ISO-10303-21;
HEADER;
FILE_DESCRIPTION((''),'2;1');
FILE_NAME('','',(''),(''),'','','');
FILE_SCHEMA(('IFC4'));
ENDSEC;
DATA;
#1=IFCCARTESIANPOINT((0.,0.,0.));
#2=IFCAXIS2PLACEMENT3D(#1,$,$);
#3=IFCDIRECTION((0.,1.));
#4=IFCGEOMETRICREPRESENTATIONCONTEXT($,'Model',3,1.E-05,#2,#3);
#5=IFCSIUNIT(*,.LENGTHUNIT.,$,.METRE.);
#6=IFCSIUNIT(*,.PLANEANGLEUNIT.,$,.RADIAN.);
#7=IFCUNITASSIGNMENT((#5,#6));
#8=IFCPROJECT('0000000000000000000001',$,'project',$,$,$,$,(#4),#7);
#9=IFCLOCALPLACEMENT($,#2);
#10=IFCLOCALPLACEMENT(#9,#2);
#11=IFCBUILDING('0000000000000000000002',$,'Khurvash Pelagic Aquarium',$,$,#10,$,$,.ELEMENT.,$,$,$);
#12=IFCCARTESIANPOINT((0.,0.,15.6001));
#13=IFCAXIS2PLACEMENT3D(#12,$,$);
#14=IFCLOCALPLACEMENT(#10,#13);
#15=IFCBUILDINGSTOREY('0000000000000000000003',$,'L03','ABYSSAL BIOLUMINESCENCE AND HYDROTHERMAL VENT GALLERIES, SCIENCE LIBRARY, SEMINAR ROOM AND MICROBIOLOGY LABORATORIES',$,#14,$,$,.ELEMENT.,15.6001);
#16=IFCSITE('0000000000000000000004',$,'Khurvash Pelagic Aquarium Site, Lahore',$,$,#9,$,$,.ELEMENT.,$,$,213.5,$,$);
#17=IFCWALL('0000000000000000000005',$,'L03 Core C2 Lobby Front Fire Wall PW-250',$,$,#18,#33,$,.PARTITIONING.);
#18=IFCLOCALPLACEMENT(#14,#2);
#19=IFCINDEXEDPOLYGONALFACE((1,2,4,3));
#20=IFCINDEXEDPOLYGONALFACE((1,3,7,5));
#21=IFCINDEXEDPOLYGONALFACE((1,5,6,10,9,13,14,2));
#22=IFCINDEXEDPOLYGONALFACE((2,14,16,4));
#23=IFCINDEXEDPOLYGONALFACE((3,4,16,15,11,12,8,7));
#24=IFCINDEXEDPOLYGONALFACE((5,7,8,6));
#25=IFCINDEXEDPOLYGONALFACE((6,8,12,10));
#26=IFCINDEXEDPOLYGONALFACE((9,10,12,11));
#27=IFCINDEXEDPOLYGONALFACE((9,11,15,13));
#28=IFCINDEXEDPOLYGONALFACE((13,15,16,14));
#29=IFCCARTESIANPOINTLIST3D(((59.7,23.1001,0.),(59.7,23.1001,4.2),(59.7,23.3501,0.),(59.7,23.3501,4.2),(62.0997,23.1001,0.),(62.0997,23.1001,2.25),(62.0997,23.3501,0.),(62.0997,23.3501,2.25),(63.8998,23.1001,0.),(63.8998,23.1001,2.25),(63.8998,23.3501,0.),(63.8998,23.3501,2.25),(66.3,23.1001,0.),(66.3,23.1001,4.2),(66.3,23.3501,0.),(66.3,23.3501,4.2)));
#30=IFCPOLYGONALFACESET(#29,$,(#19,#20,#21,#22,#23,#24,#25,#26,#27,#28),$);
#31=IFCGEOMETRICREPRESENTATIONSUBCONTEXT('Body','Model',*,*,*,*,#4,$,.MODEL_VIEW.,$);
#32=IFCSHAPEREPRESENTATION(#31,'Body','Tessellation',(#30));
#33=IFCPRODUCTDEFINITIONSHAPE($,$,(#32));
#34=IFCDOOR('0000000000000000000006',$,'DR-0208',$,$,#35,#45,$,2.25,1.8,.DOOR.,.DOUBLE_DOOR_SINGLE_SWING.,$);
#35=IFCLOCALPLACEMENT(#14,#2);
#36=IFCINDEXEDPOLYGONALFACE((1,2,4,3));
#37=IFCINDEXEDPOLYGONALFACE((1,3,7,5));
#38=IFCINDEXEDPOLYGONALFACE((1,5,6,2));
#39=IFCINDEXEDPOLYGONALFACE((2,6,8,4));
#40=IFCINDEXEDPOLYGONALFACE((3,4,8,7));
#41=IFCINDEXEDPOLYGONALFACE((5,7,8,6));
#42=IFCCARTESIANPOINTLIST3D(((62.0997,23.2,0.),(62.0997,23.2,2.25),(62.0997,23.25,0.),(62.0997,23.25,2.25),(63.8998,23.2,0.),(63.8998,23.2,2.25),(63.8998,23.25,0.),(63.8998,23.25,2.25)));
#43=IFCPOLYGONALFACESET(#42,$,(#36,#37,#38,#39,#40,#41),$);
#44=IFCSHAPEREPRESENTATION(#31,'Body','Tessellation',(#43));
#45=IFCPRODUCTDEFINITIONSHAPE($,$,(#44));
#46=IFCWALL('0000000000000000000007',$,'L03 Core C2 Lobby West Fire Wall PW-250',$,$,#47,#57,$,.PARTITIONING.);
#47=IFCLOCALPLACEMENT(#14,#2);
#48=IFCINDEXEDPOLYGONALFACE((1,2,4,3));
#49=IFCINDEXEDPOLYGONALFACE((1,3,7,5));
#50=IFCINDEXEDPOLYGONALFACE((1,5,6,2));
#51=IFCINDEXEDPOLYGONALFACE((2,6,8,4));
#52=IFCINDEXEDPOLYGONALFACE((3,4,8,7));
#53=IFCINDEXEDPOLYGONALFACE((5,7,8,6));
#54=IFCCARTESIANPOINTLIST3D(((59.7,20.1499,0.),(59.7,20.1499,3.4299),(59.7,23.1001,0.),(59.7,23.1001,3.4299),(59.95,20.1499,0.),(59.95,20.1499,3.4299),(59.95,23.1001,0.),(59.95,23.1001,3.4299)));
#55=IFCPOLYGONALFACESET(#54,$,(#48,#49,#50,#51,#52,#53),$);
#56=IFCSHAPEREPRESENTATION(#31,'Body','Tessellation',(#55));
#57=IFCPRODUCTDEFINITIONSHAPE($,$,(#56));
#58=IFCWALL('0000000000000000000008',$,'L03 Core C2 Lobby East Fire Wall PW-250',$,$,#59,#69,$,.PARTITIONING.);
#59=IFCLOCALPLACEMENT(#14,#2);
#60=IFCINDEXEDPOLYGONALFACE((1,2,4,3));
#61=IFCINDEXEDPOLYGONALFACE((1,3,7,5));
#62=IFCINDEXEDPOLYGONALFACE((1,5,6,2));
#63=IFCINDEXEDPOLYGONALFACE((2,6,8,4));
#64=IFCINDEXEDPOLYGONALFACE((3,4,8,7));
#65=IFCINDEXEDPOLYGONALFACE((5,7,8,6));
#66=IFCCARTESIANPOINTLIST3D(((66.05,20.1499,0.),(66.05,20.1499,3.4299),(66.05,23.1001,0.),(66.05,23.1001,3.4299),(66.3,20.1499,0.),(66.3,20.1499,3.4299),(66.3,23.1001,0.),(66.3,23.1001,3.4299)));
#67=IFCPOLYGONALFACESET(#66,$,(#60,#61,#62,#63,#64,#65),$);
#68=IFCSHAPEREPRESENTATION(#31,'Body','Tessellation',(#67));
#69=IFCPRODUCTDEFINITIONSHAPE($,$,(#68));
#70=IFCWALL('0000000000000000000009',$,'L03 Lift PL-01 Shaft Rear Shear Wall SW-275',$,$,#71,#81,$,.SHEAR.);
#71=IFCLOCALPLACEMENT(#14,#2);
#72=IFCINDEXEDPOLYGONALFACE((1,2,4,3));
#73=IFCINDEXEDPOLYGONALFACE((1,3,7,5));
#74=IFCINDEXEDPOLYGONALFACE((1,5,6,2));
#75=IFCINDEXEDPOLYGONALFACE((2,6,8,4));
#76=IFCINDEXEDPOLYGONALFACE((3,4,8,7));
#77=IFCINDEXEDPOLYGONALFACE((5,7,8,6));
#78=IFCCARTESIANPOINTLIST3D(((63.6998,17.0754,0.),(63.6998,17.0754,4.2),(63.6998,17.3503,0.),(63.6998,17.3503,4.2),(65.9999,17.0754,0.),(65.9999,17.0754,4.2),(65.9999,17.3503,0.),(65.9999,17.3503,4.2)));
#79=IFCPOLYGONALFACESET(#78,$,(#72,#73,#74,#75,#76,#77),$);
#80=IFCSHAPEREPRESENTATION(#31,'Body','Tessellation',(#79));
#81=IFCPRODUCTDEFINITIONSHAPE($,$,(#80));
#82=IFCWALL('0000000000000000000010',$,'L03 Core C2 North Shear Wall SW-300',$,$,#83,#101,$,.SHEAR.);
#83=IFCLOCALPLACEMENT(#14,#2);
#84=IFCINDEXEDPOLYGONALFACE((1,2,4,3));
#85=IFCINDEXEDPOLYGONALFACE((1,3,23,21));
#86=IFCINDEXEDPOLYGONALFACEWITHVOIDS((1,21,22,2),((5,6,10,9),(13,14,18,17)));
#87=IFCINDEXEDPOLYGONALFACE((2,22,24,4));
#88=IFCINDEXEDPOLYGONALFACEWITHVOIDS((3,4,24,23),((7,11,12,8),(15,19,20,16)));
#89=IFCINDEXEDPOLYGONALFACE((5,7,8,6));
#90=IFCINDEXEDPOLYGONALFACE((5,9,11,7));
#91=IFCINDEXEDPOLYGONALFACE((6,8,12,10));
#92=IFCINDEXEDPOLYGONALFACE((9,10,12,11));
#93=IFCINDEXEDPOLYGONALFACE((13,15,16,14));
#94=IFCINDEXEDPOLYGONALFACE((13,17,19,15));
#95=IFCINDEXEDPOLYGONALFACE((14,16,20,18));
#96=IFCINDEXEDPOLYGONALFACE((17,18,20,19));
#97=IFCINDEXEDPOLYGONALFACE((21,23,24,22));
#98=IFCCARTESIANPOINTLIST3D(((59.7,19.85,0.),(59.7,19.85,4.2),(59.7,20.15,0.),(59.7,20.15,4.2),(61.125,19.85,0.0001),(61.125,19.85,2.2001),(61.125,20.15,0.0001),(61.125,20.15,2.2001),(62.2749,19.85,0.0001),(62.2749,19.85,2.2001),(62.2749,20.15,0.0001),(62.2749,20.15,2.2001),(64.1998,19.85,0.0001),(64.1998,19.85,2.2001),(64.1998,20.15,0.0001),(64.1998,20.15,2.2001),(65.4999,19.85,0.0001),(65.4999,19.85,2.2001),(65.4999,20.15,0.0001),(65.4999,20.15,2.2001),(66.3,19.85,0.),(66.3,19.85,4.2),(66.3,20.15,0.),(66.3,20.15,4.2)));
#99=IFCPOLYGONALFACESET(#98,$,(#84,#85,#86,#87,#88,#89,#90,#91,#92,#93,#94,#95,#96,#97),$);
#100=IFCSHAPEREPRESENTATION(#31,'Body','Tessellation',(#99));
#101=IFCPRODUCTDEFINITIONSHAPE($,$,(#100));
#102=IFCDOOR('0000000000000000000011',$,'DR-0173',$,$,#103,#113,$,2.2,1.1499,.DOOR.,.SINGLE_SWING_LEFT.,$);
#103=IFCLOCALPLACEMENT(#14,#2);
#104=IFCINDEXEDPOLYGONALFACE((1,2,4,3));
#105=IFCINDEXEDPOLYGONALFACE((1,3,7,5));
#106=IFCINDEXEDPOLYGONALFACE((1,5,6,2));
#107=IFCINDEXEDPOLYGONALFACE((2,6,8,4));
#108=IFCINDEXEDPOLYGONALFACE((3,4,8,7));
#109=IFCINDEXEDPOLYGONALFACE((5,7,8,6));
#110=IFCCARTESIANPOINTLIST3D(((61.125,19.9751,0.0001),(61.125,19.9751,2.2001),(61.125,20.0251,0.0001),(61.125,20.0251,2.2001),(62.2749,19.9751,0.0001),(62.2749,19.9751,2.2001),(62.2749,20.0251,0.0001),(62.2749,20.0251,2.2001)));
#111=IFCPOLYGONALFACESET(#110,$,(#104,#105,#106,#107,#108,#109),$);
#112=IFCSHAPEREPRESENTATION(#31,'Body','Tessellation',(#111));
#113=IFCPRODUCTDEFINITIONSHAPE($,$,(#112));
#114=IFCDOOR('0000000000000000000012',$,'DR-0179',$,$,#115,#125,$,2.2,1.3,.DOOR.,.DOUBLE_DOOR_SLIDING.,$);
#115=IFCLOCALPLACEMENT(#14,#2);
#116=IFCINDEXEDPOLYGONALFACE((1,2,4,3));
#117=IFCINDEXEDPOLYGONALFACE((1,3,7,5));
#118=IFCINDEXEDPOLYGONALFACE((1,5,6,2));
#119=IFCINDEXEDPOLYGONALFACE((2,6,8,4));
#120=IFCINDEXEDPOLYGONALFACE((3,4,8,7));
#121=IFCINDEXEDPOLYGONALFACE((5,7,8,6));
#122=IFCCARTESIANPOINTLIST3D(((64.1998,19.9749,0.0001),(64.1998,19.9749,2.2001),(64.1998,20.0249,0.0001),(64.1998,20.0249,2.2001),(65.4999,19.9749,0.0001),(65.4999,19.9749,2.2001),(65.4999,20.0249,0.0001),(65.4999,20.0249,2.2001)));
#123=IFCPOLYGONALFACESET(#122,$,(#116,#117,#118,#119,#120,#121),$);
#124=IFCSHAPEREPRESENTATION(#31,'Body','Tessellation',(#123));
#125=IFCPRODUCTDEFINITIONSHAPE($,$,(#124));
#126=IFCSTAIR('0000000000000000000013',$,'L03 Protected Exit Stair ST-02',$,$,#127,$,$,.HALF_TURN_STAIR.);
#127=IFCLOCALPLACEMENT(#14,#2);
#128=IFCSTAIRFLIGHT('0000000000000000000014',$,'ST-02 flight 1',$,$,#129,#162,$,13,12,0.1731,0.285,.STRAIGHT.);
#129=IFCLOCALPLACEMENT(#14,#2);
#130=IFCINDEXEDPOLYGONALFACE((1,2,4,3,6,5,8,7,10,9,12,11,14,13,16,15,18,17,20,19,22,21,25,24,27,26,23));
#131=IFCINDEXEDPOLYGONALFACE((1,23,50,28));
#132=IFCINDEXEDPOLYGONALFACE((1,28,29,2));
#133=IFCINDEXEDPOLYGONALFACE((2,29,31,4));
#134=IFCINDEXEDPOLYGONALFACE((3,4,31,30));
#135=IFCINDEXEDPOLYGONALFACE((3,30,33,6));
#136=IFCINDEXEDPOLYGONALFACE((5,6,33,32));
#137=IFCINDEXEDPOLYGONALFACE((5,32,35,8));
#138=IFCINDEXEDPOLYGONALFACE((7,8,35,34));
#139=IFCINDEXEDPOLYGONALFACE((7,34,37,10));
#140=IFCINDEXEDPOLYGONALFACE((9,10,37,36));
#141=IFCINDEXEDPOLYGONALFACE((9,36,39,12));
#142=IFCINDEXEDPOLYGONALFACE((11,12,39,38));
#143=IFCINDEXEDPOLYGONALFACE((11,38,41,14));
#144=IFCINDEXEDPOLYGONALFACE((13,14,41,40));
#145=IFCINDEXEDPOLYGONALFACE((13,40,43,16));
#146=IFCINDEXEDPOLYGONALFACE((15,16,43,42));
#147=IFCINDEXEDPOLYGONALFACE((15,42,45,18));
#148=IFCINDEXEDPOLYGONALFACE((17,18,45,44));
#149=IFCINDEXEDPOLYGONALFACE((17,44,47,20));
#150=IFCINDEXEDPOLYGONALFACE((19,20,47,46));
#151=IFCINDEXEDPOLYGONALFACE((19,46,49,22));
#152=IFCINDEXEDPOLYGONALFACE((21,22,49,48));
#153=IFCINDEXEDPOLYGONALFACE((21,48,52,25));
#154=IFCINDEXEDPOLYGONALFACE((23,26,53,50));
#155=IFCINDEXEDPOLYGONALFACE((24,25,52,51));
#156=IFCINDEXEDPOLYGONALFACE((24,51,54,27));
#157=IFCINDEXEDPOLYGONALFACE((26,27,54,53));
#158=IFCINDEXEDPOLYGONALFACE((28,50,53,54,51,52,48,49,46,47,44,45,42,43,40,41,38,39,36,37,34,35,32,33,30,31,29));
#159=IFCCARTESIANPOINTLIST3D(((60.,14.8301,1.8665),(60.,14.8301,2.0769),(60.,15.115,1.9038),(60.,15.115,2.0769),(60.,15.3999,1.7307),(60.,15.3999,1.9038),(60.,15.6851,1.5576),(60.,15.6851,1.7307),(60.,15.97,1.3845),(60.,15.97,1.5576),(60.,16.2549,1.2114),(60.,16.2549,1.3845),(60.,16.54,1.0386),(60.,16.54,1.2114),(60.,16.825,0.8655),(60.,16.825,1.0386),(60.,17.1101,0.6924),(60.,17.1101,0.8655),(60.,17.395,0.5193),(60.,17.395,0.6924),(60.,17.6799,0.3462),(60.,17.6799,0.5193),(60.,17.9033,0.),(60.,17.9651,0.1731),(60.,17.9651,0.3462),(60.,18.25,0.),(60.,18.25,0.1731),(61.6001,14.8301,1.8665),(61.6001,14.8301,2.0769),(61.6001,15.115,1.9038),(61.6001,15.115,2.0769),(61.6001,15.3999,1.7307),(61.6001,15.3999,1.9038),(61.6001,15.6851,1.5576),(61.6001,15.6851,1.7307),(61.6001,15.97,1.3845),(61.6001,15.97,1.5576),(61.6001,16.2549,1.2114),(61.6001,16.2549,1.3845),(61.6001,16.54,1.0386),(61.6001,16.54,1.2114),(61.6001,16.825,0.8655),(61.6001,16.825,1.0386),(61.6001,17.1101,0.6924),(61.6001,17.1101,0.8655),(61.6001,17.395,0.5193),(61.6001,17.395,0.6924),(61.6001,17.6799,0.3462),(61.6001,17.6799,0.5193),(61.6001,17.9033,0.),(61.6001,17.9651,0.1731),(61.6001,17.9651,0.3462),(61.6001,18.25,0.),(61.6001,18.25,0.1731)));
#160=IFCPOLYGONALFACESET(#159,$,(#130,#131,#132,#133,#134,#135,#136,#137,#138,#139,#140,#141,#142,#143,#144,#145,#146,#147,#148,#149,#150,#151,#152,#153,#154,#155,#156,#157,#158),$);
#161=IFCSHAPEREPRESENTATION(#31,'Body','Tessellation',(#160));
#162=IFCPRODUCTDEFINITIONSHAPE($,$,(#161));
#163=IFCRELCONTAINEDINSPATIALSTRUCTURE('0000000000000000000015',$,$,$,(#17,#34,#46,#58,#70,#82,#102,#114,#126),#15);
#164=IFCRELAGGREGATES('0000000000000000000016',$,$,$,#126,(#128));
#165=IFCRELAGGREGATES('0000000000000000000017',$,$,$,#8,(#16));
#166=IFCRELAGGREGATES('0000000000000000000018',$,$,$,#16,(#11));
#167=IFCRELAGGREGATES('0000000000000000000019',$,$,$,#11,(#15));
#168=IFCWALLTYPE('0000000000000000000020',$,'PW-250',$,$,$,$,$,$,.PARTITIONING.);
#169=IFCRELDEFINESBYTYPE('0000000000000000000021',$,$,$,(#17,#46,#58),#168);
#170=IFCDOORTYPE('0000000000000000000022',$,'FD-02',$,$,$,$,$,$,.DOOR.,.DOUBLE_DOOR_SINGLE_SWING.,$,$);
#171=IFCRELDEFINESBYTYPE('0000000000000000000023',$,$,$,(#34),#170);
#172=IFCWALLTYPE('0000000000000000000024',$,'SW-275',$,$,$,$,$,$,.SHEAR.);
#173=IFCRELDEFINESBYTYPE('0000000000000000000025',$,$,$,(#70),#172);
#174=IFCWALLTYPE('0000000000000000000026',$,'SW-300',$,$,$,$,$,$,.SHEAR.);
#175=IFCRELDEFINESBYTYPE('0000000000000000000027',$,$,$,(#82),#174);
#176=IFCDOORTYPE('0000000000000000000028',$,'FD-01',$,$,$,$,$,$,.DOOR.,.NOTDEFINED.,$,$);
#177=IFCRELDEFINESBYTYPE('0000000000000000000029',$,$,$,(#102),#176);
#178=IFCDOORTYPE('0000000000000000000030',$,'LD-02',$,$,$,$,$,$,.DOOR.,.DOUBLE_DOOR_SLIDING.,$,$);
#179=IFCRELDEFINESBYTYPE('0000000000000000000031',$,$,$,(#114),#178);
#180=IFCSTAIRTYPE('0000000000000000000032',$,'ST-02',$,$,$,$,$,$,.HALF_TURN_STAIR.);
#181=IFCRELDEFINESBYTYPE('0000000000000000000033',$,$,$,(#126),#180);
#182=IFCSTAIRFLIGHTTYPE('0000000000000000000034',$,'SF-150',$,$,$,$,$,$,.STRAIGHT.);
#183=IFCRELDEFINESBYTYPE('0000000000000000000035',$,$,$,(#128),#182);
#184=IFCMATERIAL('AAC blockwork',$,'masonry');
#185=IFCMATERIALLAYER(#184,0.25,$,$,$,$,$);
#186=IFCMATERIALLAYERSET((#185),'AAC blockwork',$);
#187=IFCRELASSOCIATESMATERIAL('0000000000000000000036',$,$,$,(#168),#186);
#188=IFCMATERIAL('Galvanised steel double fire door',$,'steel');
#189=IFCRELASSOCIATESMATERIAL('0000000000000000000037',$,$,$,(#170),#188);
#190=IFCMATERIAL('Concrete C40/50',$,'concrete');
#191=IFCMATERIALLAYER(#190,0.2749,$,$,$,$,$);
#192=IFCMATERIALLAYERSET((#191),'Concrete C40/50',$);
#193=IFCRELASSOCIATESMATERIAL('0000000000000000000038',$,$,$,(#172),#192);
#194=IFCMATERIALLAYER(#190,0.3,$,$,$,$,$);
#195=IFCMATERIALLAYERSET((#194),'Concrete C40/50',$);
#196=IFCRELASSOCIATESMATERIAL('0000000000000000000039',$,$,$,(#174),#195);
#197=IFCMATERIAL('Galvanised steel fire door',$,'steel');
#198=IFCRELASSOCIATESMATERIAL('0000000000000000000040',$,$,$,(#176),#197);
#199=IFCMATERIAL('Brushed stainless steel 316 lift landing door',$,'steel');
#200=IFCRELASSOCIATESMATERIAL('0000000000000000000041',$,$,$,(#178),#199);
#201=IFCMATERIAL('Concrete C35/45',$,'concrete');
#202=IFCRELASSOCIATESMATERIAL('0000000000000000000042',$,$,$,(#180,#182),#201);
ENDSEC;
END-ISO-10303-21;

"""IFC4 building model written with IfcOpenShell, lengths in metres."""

from ifc_helpers import new_model, si_unit, direction, frame, frame_2d, origin, place, context, subcontext, project, spatial, polyline, rectangle, outline, extrude, material, layer, layer_set, type_object, element, fill, aggregate, save


model = new_model("IFC4")

# Units and contexts
model_context = context("Model", 3, precision=1e-05, world=origin(), true_north=direction((0.0, 1.0)))
body_context = subcontext(model_context, "Body", "Model", "MODEL_VIEW")
ifc_project = project(units=[si_unit("LENGTHUNIT", "METRE"), si_unit("PLANEANGLEUNIT", "RADIAN")], contexts=[model_context])

# Site, building, storey
site_placement = place(None, origin())
site = spatial("IfcSite", under=ifc_project, at=site_placement, Name="Khurvash Pelagic Aquarium Site, Lahore", CompositionType="ELEMENT", RefElevation=213.5)
building_placement = place(site_placement, origin())
building = spatial("IfcBuilding", under=site, at=building_placement, Name="Khurvash Pelagic Aquarium", CompositionType="ELEMENT")
storey_placement = place(building_placement, frame((0.0, 0.0, 15.6001)))
storey = spatial("IfcBuildingStorey", under=building, at=storey_placement, Name="L03", Description="ABYSSAL BIOLUMINESCENCE AND HYDROTHERMAL VENT GALLERIES, SCIENCE LIBRARY, SEMINAR ROOM AND MICROBIOLOGY LABORATORIES", CompositionType="ELEMENT", Elevation=15.6001)

# Shared definitions
ifc_material_1 = material(Name="Concrete C40/50", Category="concrete")

# Shared definitions
ifc_material_2 = material(Name="Concrete C35/45", Category="concrete")

# Wall, opening, door
ifc_material_3 = material(Name="AAC blockwork", Category="masonry")
ifc_layer_1 = layer(ifc_material_3, 0.25)
ifc_layer_set_1 = layer_set([ifc_layer_1], Name="AAC blockwork")
wall_type_1 = type_object("IfcWallType", Name="PW-250", PredefinedType="PARTITIONING", material=ifc_layer_set_1)
wall_1_placement = place(storey_placement, frame((59.7, 23.2251, 0.0), z_axis=(0.0, 0.0, 1.0), x_axis=(1.0, 0.0, 0.0)))
wall_1 = element("IfcWall", 1, at=wall_1_placement, inside=storey, type_object=wall_type_1, Name="L03 Core C2 Lobby Front Fire Wall PW-250", PredefinedType="PARTITIONING", context=body_context, shape_type="SweptSolid", body=[
    extrude(rectangle(XDim=6.6001, YDim=0.25, at=frame_2d((3.3, 0.0))), origin(), (0.0, 0.0, 1.0), 4.2),
])
opening_1_placement = place(wall_1_placement, frame((2.3999, 0.0, 0.0)))
opening_1 = element("IfcOpeningElement", 2, at=opening_1_placement, cuts=wall_1, PredefinedType="OPENING", context=body_context, shape_type="SweptSolid", body=[
    extrude(rectangle(XDim=1.8, YDim=2.25, at=frame_2d((0.8999, 1.125))), frame((0.0, 0.135, 0.0), z_axis=(0.0, -1.0, 0.0), x_axis=(1.0, 0.0, 0.0)), (0.0, 0.0, 1.0), 0.27),
])
ifc_material_4 = material(Name="Galvanised steel double fire door", Category="steel")
door_type_1 = type_object("IfcDoorType", Name="FD-02", OperationType="DOUBLE_DOOR_SINGLE_SWING", PredefinedType="DOOR", material=ifc_material_4)
door_1_placement = place(opening_1_placement, origin())
door_1 = element("IfcDoor", 3, at=door_1_placement, inside=storey, type_object=door_type_1, Name="DR-0208", OperationType="DOUBLE_DOOR_SINGLE_SWING", OverallHeight=2.25, OverallWidth=1.8, PredefinedType="DOOR", context=body_context, shape_type="SweptSolid", body=[
    extrude(rectangle(XDim=1.8, YDim=2.25, at=frame_2d((0.8999, 1.125))), frame((0.0, 0.0249, 0.0), z_axis=(0.0, -1.0, 0.0), x_axis=(1.0, 0.0, 0.0)), (0.0, 0.0, 1.0), 0.05),
])
fill(opening_1, door_1)

# Walls
for number, where, z_axis, x_axis, name in (
    (4, (59.825, 20.1499, 0.0), (0.0, 0.0, 1.0), (0.0, 1.0, 0.0), "L03 Core C2 Lobby West Fire Wall PW-250"),
    (5, (66.175, 20.1499, 0.0), (0.0, 0.0, 1.0), (0.0, 1.0, 0.0), "L03 Core C2 Lobby East Fire Wall PW-250"),
):
    element("IfcWall", number, at=place(storey_placement, frame(where, z_axis=z_axis, x_axis=x_axis)), inside=storey, type_object=wall_type_1, Name=name, PredefinedType="PARTITIONING", context=body_context, shape_type="SweptSolid", body=[
        extrude(rectangle(XDim=2.9502, YDim=0.25, at=frame_2d((1.4751, 0.0))), origin(), (0.0, 0.0, 1.0), 3.4299),
    ])
ifc_layer_2 = layer(ifc_material_1, 0.2749)
ifc_layer_set_2 = layer_set([ifc_layer_2], Name="Concrete C40/50")
wall_type_2 = type_object("IfcWallType", Name="SW-275", PredefinedType="SHEAR", material=ifc_layer_set_2)
wall_2_placement = place(storey_placement, frame((63.7, 17.2129, 0.0), z_axis=(0.0, 0.0, 1.0), x_axis=(1.0, 0.0, 0.0)))
element("IfcWall", 6, at=wall_2_placement, inside=storey, type_object=wall_type_2, Name="L03 Lift PL-01 Shaft Rear Shear Wall SW-275", PredefinedType="SHEAR", context=body_context, shape_type="SweptSolid", body=[
    extrude(rectangle(XDim=2.3, YDim=0.2749, at=frame_2d((1.1499, 0.0))), origin(), (0.0, 0.0, 1.0), 4.2),
])

# Wall, openings, doors
ifc_layer_3 = layer(ifc_material_1, 0.3)
ifc_layer_set_3 = layer_set([ifc_layer_3], Name="Concrete C40/50")
wall_type_3 = type_object("IfcWallType", Name="SW-300", PredefinedType="SHEAR", material=ifc_layer_set_3)
wall_3_placement = place(storey_placement, frame((59.7, 20.0, 0.0), z_axis=(0.0, 0.0, 1.0), x_axis=(1.0, 0.0, 0.0)))
wall_3 = element("IfcWall", 7, at=wall_3_placement, inside=storey, type_object=wall_type_3, Name="L03 Core C2 North Shear Wall SW-300", PredefinedType="SHEAR", context=body_context, shape_type="SweptSolid", body=[
    extrude(rectangle(XDim=6.6001, YDim=0.3, at=frame_2d((3.3, 0.0))), origin(), (0.0, 0.0, 1.0), 4.2),
])
opening_2_placement = place(wall_3_placement, frame((1.425, 0.0, 0.0)))
opening_2 = element("IfcOpeningElement", 8, at=opening_2_placement, cuts=wall_3, PredefinedType="OPENING", context=body_context, shape_type="SweptSolid", body=[
    extrude(rectangle(XDim=1.1499, YDim=2.2, at=frame_2d((0.575, 1.1001))), frame((0.0, 0.1602, 0.0), z_axis=(0.0, -1.0, 0.0), x_axis=(1.0, 0.0, 0.0)), (0.0, 0.0, 1.0), 0.3201),
])
opening_3_placement = place(wall_3_placement, frame((4.5, 0.0, 0.0)))
opening_3 = element("IfcOpeningElement", 9, at=opening_3_placement, cuts=wall_3, PredefinedType="OPENING", context=body_context, shape_type="SweptSolid", body=[
    extrude(rectangle(XDim=1.3, YDim=2.2, at=frame_2d((0.6499, 1.1001))), frame((0.0, 0.1602, 0.0), z_axis=(0.0, -1.0, 0.0), x_axis=(1.0, 0.0, 0.0)), (0.0, 0.0, 1.0), 0.3201),
])
ifc_material_5 = material(Name="Galvanised steel fire door", Category="steel")
door_type_2 = type_object("IfcDoorType", Name="FD-01", OperationType="NOTDEFINED", PredefinedType="DOOR", material=ifc_material_5)
door_2_placement = place(opening_2_placement, frame((1.1499, 0.0, 0.0), z_axis=(0.0, 0.0, 1.0), x_axis=(-1.0, 0.0, 0.0)))
door_2 = element("IfcDoor", 10, at=door_2_placement, inside=storey, type_object=door_type_2, Name="DR-0173", OperationType="SINGLE_SWING_LEFT", OverallHeight=2.2, OverallWidth=1.1499, PredefinedType="DOOR", context=body_context, shape_type="SweptSolid", body=[
    extrude(rectangle(XDim=1.1499, YDim=2.2, at=frame_2d((0.575, 1.1001))), frame((0.0, 0.0249, 0.0), z_axis=(0.0, -1.0, 0.0), x_axis=(1.0, 0.0, 0.0)), (0.0, 0.0, 1.0), 0.05),
])
fill(opening_2, door_2)
ifc_material_6 = material(Name="Brushed stainless steel 316 lift landing door", Category="steel")
door_type_3 = type_object("IfcDoorType", Name="LD-02", OperationType="DOUBLE_DOOR_SLIDING", PredefinedType="DOOR", material=ifc_material_6)
door_3_placement = place(opening_3_placement, origin())
door_3 = element("IfcDoor", 11, at=door_3_placement, inside=storey, type_object=door_type_3, Name="DR-0179", OperationType="DOUBLE_DOOR_SLIDING", OverallHeight=2.2, OverallWidth=1.3, PredefinedType="DOOR", context=body_context, shape_type="SweptSolid", body=[
    extrude(rectangle(XDim=1.3, YDim=2.2, at=frame_2d((0.6499, 1.1001))), frame((0.0, 0.0249, 0.0), z_axis=(0.0, -1.0, 0.0), x_axis=(1.0, 0.0, 0.0)), (0.0, 0.0, 1.0), 0.05),
])
fill(opening_3, door_3)

# Stair, stair flight
stair_type = type_object("IfcStairType", Name="ST-02", PredefinedType="HALF_TURN_STAIR", material=ifc_material_2)
stair_placement = place(storey_placement, origin())
stair = element("IfcStair", 12, at=stair_placement, inside=storey, type_object=stair_type, Name="L03 Protected Exit Stair ST-02", PredefinedType="HALF_TURN_STAIR")
stair_flight_type = type_object("IfcStairFlightType", Name="SF-150", PredefinedType="STRAIGHT", material=ifc_material_2)
stair_flight_1_placement = place(storey_placement, frame((60.8, 18.25, 0.0), z_axis=(0.0, 0.0, 1.0), x_axis=(0.0, -1.0, 0.0)))
stair_flight_1 = element("IfcStairFlight", 13, at=stair_flight_1_placement, type_object=stair_flight_type, Name="ST-02 flight 1", NumberOfRisers=13, NumberOfTreads=12, PredefinedType="STRAIGHT", RiserHeight=0.1731, TreadLength=0.285, context=body_context, shape_type="SweptSolid", body=[
    extrude(outline(polyline([(0.0, 0.0), (0.0, 0.1731), (0.2849, 0.1731), (0.2849, 0.3462), (0.5701, 0.3462), (0.5701, 0.5193), (0.855, 0.5193), (0.855, 0.6924), (1.1399, 0.6924), (1.1399, 0.8655), (1.425, 0.8655), (1.425, 1.0386), (1.71, 1.0386), (1.71, 1.2114), (1.9951, 1.2114), (1.9951, 1.3845), (2.28, 1.3845), (2.28, 1.5576), (2.5649, 1.5576), (2.5649, 1.7307), (2.8501, 1.7307), (2.8501, 1.9038), (3.135, 1.9038), (3.135, 2.0769), (3.4199, 2.0769), (3.4199, 2.25), (3.4199, 1.8665), (0.3467, 0.0), (0.0, 0.0)])), frame((0.0, 0.8, 0.0), z_axis=(0.0, -1.0, 0.0), x_axis=(1.0, 0.0, 0.0)), (0.0, 0.0, 1.0), 1.6001),
])
aggregate(stair, [stair_flight_1])

save(model, "model.ifc")
